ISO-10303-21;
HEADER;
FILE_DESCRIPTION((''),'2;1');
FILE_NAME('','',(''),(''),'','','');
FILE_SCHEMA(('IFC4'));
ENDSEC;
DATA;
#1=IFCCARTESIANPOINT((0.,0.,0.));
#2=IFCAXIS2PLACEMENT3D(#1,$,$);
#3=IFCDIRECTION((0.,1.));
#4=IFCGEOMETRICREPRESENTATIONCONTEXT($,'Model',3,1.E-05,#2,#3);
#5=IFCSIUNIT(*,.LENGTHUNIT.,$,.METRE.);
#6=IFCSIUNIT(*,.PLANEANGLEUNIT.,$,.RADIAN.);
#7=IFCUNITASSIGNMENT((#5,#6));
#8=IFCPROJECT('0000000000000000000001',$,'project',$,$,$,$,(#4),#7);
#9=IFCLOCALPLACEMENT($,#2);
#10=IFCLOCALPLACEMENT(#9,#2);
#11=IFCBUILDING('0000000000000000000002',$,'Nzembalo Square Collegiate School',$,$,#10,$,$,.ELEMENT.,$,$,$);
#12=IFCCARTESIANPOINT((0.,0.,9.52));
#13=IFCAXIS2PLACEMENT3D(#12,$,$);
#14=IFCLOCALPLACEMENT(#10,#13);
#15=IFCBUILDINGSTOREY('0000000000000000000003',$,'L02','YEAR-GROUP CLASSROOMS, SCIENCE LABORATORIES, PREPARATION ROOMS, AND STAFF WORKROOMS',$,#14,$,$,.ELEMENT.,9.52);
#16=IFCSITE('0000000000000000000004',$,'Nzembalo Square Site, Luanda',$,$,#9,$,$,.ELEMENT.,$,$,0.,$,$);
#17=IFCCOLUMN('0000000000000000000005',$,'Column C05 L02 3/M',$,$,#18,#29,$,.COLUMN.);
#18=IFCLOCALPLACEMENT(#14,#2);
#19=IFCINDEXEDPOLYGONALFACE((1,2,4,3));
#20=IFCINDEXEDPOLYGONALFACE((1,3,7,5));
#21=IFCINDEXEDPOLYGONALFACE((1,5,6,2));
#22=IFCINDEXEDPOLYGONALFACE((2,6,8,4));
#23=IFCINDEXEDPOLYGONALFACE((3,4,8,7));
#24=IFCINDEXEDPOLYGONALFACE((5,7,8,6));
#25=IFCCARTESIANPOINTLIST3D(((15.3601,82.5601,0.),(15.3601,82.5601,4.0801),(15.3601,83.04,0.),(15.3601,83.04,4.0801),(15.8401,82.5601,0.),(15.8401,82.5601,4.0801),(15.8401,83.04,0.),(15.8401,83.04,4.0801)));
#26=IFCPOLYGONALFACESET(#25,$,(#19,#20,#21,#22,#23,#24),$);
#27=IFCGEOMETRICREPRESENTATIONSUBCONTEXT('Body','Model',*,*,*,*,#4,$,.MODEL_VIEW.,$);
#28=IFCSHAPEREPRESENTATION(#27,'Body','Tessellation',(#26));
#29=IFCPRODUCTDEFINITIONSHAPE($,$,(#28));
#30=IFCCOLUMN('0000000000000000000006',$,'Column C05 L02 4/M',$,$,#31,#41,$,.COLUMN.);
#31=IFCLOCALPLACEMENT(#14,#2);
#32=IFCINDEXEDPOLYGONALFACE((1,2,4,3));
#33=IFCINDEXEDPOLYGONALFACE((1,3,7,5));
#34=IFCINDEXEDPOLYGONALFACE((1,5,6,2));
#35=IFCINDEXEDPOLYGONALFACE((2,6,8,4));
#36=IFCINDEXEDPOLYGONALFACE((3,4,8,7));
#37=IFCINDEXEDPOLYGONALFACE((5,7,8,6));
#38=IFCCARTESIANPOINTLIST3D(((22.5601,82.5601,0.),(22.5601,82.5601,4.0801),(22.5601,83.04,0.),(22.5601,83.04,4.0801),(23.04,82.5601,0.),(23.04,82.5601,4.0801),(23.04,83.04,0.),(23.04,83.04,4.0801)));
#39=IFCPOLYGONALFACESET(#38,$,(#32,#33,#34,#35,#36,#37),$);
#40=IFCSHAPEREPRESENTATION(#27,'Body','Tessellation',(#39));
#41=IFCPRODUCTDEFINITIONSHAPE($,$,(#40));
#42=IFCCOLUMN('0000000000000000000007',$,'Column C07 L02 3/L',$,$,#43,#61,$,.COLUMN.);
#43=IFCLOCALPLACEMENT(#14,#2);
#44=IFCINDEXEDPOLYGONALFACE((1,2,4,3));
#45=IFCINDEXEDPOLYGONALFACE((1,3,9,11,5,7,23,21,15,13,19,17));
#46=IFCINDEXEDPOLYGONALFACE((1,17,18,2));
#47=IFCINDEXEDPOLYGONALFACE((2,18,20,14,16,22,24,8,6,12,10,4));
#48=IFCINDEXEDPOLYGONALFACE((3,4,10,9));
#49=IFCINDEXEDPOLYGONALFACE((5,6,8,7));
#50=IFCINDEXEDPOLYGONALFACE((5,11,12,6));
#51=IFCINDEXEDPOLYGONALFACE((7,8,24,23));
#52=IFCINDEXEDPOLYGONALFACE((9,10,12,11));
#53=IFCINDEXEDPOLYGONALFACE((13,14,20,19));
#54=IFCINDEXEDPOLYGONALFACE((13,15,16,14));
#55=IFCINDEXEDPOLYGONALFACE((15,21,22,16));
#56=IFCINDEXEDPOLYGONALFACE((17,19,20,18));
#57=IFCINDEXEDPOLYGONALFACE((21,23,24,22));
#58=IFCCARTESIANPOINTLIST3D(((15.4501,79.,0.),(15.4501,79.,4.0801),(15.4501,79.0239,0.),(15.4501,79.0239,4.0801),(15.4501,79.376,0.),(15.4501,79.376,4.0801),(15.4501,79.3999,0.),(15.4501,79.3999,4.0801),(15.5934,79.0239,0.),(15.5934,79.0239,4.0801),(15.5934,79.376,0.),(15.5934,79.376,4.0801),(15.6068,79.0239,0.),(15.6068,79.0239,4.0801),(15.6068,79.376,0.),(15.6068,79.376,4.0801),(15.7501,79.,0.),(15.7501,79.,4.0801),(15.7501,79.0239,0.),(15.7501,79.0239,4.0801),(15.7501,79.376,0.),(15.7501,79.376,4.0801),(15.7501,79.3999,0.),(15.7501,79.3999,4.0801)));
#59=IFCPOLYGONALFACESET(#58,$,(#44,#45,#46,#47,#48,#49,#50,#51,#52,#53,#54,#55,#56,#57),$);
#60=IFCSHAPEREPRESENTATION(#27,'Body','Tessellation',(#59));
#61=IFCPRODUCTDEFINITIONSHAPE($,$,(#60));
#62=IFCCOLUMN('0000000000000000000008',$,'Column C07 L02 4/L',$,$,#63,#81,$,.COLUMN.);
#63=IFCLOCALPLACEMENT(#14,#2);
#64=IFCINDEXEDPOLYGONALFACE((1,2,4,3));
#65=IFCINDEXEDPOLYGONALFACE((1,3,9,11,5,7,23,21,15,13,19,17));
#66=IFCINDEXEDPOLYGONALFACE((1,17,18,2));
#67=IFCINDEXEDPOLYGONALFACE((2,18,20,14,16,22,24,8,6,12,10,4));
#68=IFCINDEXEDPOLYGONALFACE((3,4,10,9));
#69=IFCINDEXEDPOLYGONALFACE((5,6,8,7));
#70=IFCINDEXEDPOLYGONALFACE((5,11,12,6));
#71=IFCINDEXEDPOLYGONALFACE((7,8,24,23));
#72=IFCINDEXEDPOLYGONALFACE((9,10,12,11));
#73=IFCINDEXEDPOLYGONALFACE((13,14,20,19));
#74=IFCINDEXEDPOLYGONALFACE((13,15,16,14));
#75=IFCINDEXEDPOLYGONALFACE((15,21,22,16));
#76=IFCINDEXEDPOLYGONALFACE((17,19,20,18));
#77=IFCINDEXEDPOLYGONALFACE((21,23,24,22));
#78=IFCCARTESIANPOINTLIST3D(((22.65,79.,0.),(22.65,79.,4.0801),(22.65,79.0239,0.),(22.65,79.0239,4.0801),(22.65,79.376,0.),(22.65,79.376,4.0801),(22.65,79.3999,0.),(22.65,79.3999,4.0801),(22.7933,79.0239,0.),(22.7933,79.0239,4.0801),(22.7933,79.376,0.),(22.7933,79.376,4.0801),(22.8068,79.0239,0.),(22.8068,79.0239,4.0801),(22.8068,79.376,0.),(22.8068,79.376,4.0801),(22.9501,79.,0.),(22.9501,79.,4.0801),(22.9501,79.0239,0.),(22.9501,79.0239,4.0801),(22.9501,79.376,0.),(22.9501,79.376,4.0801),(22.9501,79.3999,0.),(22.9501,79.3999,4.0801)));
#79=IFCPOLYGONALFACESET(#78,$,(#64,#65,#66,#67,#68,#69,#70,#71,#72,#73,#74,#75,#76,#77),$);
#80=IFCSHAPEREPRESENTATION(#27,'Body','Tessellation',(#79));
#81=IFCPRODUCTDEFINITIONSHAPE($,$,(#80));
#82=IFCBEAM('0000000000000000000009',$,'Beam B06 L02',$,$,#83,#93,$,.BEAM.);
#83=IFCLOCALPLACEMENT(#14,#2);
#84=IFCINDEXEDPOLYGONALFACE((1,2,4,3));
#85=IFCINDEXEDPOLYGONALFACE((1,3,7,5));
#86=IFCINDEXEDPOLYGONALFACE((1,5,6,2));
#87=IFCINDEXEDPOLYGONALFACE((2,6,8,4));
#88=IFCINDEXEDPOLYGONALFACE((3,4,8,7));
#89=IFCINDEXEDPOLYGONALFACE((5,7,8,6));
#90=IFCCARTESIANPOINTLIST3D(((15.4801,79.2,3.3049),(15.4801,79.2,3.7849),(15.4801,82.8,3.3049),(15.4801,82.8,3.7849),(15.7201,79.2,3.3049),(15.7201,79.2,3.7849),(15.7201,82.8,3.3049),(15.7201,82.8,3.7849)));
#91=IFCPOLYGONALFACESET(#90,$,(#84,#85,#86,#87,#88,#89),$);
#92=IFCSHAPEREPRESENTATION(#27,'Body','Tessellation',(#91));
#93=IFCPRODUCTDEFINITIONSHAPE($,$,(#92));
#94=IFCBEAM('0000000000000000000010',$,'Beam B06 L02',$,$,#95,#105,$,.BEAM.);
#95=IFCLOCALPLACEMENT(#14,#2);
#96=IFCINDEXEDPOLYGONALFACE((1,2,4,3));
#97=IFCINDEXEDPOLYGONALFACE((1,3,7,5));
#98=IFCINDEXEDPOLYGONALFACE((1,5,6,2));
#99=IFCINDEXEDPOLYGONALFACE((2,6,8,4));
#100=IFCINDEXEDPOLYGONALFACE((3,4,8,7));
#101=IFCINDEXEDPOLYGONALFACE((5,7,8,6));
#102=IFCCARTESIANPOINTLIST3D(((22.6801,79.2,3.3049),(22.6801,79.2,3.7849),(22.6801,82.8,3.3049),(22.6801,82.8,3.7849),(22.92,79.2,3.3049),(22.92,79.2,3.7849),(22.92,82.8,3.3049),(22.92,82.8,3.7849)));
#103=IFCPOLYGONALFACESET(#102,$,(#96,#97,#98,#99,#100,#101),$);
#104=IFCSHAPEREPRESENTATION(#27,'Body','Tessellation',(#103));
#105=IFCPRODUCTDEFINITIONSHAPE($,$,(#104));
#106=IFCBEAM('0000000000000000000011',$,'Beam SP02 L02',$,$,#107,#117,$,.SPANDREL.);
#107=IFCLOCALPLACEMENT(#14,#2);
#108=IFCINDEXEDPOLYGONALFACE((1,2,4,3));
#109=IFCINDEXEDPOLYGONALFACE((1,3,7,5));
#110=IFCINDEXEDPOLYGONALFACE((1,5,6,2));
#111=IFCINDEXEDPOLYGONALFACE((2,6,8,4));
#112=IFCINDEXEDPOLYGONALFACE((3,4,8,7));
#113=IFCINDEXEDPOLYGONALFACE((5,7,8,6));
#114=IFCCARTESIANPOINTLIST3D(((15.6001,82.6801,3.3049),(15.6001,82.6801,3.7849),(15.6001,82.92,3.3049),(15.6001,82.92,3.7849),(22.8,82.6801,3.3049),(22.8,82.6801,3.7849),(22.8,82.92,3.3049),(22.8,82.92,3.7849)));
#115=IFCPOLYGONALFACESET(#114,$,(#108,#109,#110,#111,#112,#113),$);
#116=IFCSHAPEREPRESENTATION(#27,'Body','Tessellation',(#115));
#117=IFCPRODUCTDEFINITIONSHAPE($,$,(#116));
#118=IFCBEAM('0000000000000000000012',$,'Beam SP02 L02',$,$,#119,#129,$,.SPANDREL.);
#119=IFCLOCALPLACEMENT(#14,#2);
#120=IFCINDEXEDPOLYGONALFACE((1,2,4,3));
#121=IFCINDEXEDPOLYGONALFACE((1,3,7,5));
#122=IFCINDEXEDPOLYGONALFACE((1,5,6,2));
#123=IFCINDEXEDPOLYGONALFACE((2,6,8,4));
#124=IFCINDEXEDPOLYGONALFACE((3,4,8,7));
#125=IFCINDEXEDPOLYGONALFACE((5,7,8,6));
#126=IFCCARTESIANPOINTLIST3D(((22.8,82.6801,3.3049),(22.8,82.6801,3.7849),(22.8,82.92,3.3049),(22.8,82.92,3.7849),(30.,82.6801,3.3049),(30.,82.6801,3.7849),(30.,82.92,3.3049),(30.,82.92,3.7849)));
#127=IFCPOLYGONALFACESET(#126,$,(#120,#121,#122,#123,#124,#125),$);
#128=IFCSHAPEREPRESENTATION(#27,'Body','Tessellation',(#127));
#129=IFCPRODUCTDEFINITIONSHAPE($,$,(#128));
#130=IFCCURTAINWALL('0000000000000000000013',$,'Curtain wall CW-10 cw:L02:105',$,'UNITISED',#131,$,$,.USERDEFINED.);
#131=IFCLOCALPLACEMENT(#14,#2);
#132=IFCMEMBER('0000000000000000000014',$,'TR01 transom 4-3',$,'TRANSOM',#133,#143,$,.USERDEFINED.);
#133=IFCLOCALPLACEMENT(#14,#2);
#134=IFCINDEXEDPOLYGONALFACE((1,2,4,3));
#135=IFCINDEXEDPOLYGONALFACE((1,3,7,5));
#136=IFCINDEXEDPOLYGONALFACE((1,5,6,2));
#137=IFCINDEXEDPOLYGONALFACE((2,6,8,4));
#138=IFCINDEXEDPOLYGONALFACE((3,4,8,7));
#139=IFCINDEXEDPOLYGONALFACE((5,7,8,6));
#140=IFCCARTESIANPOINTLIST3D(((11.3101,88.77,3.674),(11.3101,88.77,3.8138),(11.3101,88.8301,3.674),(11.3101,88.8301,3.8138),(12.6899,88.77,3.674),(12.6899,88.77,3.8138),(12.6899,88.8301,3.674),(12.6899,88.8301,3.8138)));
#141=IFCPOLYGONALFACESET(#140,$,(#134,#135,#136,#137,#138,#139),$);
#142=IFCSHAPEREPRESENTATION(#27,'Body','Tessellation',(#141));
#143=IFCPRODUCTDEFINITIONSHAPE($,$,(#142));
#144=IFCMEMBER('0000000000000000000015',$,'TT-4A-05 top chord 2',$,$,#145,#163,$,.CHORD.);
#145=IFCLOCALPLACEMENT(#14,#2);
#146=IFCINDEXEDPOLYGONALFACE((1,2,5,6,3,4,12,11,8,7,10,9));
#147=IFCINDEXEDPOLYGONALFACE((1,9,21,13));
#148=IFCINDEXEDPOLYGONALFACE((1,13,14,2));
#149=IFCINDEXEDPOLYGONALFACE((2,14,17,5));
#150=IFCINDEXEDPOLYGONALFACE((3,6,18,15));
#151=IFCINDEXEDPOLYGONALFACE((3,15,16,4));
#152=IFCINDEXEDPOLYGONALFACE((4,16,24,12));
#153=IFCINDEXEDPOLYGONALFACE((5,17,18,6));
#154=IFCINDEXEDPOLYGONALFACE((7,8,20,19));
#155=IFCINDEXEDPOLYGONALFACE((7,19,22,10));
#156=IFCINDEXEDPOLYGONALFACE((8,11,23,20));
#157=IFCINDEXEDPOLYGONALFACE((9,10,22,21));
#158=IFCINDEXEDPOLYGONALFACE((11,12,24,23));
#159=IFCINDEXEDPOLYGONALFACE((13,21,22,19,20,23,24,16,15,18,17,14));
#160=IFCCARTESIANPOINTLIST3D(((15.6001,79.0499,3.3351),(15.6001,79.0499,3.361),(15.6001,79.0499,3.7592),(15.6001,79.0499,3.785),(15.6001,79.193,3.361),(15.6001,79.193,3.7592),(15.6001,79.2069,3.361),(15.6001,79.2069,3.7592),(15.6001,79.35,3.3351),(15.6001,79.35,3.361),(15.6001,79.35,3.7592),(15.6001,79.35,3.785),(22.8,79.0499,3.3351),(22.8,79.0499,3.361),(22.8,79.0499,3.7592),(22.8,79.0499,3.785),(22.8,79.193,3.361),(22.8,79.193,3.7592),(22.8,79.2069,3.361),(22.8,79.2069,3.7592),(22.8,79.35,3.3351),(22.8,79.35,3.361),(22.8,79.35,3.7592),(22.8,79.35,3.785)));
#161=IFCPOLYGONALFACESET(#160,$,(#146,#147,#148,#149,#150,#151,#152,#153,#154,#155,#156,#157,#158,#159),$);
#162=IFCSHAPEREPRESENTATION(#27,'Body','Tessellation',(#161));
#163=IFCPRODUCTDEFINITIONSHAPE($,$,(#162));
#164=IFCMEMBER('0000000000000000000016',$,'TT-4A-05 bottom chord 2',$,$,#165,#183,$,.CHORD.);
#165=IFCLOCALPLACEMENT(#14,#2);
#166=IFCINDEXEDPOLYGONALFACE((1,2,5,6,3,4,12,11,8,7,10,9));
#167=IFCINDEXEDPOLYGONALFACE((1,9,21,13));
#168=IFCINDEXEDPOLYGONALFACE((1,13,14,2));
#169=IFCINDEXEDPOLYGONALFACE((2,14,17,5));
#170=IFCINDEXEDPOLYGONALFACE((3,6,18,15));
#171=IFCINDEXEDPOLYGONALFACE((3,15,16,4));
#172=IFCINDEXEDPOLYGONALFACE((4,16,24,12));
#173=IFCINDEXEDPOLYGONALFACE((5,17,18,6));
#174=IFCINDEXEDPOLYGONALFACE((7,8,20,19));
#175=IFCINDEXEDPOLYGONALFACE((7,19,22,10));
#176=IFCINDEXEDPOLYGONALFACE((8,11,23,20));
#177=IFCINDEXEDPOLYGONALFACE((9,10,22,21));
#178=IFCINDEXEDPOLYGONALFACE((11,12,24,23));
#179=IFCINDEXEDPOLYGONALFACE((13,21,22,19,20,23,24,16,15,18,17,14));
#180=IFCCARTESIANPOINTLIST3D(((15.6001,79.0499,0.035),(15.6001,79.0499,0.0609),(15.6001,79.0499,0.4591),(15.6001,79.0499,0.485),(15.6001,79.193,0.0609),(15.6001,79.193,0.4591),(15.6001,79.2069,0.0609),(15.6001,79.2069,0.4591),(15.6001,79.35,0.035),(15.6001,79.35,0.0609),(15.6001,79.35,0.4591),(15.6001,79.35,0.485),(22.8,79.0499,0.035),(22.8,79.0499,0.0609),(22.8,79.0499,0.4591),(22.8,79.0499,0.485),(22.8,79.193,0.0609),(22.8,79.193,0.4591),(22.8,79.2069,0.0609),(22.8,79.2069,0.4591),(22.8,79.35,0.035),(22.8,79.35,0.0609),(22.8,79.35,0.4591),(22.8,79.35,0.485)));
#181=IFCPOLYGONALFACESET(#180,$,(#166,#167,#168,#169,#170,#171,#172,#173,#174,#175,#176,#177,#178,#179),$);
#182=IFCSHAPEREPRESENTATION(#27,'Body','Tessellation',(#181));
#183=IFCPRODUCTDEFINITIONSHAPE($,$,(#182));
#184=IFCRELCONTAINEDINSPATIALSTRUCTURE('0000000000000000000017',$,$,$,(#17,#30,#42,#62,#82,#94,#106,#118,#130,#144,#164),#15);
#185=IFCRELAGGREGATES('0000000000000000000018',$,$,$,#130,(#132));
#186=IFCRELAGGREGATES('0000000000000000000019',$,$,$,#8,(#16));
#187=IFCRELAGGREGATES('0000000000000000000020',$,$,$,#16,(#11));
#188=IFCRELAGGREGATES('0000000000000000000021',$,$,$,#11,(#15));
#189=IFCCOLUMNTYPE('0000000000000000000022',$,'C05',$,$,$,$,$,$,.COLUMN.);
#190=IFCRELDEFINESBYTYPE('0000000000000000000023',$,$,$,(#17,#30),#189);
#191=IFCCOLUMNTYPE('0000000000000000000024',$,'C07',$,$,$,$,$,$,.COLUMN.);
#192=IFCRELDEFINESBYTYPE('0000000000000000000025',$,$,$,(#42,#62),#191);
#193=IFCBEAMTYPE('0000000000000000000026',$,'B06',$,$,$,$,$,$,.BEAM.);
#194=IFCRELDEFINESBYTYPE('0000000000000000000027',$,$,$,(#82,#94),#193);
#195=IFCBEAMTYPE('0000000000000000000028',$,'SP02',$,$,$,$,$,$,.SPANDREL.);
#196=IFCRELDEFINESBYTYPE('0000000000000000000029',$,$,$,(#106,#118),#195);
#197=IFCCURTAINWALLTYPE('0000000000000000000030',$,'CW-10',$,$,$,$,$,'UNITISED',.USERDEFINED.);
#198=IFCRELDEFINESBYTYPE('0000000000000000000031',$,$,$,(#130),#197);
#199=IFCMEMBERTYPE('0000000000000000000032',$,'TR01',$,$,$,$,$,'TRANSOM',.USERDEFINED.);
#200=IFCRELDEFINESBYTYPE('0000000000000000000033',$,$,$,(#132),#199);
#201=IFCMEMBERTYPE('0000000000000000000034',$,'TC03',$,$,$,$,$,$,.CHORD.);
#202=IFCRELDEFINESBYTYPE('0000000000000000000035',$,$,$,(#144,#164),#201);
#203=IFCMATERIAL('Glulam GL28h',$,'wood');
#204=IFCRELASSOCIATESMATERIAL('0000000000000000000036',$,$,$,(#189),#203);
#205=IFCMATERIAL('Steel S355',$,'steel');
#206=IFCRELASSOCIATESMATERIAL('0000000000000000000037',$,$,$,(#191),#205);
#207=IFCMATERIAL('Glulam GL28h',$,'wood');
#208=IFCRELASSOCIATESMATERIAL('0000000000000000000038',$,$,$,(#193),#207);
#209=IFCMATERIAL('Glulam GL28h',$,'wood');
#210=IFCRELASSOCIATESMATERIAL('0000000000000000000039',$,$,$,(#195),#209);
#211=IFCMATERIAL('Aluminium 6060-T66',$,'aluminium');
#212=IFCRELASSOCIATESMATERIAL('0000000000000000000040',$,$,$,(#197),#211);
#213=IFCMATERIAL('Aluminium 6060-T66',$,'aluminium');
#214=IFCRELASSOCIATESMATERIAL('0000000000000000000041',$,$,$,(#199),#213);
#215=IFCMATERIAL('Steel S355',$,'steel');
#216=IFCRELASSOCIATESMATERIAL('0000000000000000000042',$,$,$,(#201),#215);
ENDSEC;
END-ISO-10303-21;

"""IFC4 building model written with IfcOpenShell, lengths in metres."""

from ifc_helpers import new_model, si_unit, direction, frame, origin, origin_2d, place, context, subcontext, project, spatial, rectangle, i_section, extrude, material, material_profile, profile_set, type_object, element, aggregate, save


model = new_model("IFC4")

# Units and contexts
model_context = context("Model", 3, precision=1e-05, world=origin(), true_north=direction((0.0, 1.0)))
body_context = subcontext(model_context, "Body", "Model", "MODEL_VIEW")
ifc_project = project(units=[si_unit("LENGTHUNIT", "METRE"), si_unit("PLANEANGLEUNIT", "RADIAN")], contexts=[model_context])

# Site, building, storey
site_placement = place(None, origin())
site = spatial("IfcSite", under=ifc_project, at=site_placement, Name="Nzembalo Square Site, Luanda", CompositionType="ELEMENT", RefElevation=0.0)
building_placement = place(site_placement, origin())
building = spatial("IfcBuilding", under=site, at=building_placement, Name="Nzembalo Square Collegiate School", CompositionType="ELEMENT")
storey_placement = place(building_placement, frame((0.0, 0.0, 9.52)))
storey = spatial("IfcBuildingStorey", under=building, at=storey_placement, Name="L02", Description="YEAR-GROUP CLASSROOMS, SCIENCE LABORATORIES, PREPARATION ROOMS, AND STAFF WORKROOMS", CompositionType="ELEMENT", Elevation=9.52)

# Columns
ifc_material_1 = material(Name="Glulam GL28h", Category="wood")
ifc_material_profile_1 = material_profile(ifc_material_1, rectangle(XDim=0.48, YDim=0.48, at=origin_2d()), Name="GL28h 480x480")
ifc_profile_set_1 = profile_set([ifc_material_profile_1], Name="Glulam GL28h")
column_type_1 = type_object("IfcColumnType", Name="C05", PredefinedType="COLUMN", material=ifc_profile_set_1)
for number, where, z_axis, x_axis, name in (
    (1, (15.6001, 82.8, 0.0), (0.0, 0.0, 1.0), (1.0, 0.0, 0.0), "Column C05 L02 3/M"),
    (2, (22.8, 82.8, 0.0), (0.0, 0.0, 1.0), (1.0, 0.0, 0.0), "Column C05 L02 4/M"),
):
    element("IfcColumn", number, at=place(storey_placement, frame(where, z_axis=z_axis, x_axis=x_axis)), inside=storey, type_object=column_type_1, Name=name, PredefinedType="COLUMN", context=body_context, shape_type="SweptSolid", body=[
        extrude(rectangle(XDim=0.48, YDim=0.48, at=origin_2d()), origin(), (0.0, 0.0, 1.0), 4.0801),
    ])
ifc_material_2 = material(Name="Steel S355", Category="steel")
ifc_material_profile_2 = material_profile(ifc_material_2, i_section(OverallWidth=0.3, OverallDepth=0.3999, WebThickness=0.0134, FlangeThickness=0.0239, at=origin_2d()), Name="HEB 400")
ifc_profile_set_2 = profile_set([ifc_material_profile_2], Name="Steel S355")
column_type_2 = type_object("IfcColumnType", Name="C07", PredefinedType="COLUMN", material=ifc_profile_set_2)
for number, where, z_axis, x_axis, name in (
    (3, (15.6001, 79.2, 0.0), (0.0, 0.0, 1.0), (1.0, 0.0, 0.0), "Column C07 L02 3/L"),
    (4, (22.8, 79.2, 0.0), (0.0, 0.0, 1.0), (1.0, 0.0, 0.0), "Column C07 L02 4/L"),
):
    element("IfcColumn", number, at=place(storey_placement, frame(where, z_axis=z_axis, x_axis=x_axis)), inside=storey, type_object=column_type_2, Name=name, PredefinedType="COLUMN", context=body_context, shape_type="SweptSolid", body=[
        extrude(i_section(OverallWidth=0.3, OverallDepth=0.3999, WebThickness=0.0134, FlangeThickness=0.0239, at=origin_2d()), origin(), (0.0, 0.0, 1.0), 4.0801),
    ])

# Beams
ifc_material_3 = material(Name="Glulam GL28h", Category="wood")
ifc_material_profile_3 = material_profile(ifc_material_3, rectangle(XDim=0.24, YDim=0.48, at=origin_2d()), Name="GL28h 240x480")
ifc_profile_set_3 = profile_set([ifc_material_profile_3], Name="Glulam GL28h")
beam_type_1 = type_object("IfcBeamType", Name="B06", PredefinedType="BEAM", material=ifc_profile_set_3)
for number, where, z_axis, x_axis, name in (
    (5, (15.6001, 79.2, 3.5449), (0.0, 1.0, 0.0), (-1.0, 0.0, 0.0), "Beam B06 L02"),
    (6, (22.8, 79.2, 3.5449), (0.0, 1.0, 0.0), (-1.0, 0.0, 0.0), "Beam B06 L02"),
):
    element("IfcBeam", number, at=place(storey_placement, frame(where, z_axis=z_axis, x_axis=x_axis)), inside=storey, type_object=beam_type_1, Name=name, PredefinedType="BEAM", context=body_context, shape_type="SweptSolid", body=[
        extrude(rectangle(XDim=0.24, YDim=0.48, at=origin_2d()), origin(), (0.0, 0.0, 1.0), 3.6001),
    ])
ifc_material_4 = material(Name="Glulam GL28h", Category="wood")
ifc_material_profile_4 = material_profile(ifc_material_4, rectangle(XDim=0.24, YDim=0.48, at=origin_2d()), Name="GL28h 240x480")
ifc_profile_set_4 = profile_set([ifc_material_profile_4], Name="Glulam GL28h")
beam_type_2 = type_object("IfcBeamType", Name="SP02", PredefinedType="SPANDREL", material=ifc_profile_set_4)
for number, where, z_axis, x_axis, name in (
    (7, (15.6001, 82.8, 3.5449), (1.0, 0.0, 0.0), (0.0, 1.0, 0.0), "Beam SP02 L02"),
    (8, (22.8, 82.8, 3.5449), (1.0, 0.0, 0.0), (0.0, 1.0, 0.0), "Beam SP02 L02"),
):
    element("IfcBeam", number, at=place(storey_placement, frame(where, z_axis=z_axis, x_axis=x_axis)), inside=storey, type_object=beam_type_2, Name=name, PredefinedType="SPANDREL", context=body_context, shape_type="SweptSolid", body=[
        extrude(rectangle(XDim=0.24, YDim=0.48, at=origin_2d()), origin(), (0.0, 0.0, 1.0), 7.2),
    ])

# Curtain wall, member
ifc_material_5 = material(Name="Aluminium 6060-T66", Category="aluminium")
curtain_wall_type = type_object("IfcCurtainWallType", Name="CW-10", ElementType="UNITISED", PredefinedType="USERDEFINED", material=ifc_material_5)
curtain_wall_placement = place(storey_placement, origin())
curtain_wall = element("IfcCurtainWall", 9, at=curtain_wall_placement, inside=storey, type_object=curtain_wall_type, Name="Curtain wall CW-10 cw:L02:105", ObjectType="UNITISED", PredefinedType="USERDEFINED")
ifc_material_6 = material(Name="Aluminium 6060-T66", Category="aluminium")
ifc_material_profile_5 = material_profile(ifc_material_6, rectangle(XDim=0.0601, YDim=0.1399, at=origin_2d()), Name="ALU T60x140")
ifc_profile_set_5 = profile_set([ifc_material_profile_5], Name="Aluminium 6060-T66")
member_type_1 = type_object("IfcMemberType", Name="TR01", ElementType="TRANSOM", PredefinedType="USERDEFINED", material=ifc_profile_set_5)
member_1_placement = place(storey_placement, frame((11.3101, 88.8, 3.7439), z_axis=(1.0, 0.0, 0.0), x_axis=(0.0, 1.0, 0.0)))
member_1 = element("IfcMember", 10, at=member_1_placement, type_object=member_type_1, Name="TR01 transom 4-3", ObjectType="TRANSOM", PredefinedType="USERDEFINED", context=body_context, shape_type="SweptSolid", body=[
    extrude(rectangle(XDim=0.0601, YDim=0.1399, at=origin_2d()), origin(), (0.0, 0.0, 1.0), 1.3799),
])

# Members
ifc_material_7 = material(Name="Steel S355", Category="steel")
ifc_material_profile_6 = material_profile(ifc_material_7, i_section(OverallWidth=0.3, OverallDepth=0.45, WebThickness=0.0139, FlangeThickness=0.0259, at=origin_2d()), Name="HEB 450")
ifc_profile_set_6 = profile_set([ifc_material_profile_6], Name="Steel S355")
member_type_2 = type_object("IfcMemberType", Name="TC03", PredefinedType="CHORD", material=ifc_profile_set_6)
for number, where, z_axis, x_axis, name in (
    (11, (15.6001, 79.2, 3.5601), (1.0, 0.0, 0.0), (0.0, 1.0, 0.0), "TT-4A-05 top chord 2"),
    (12, (15.6001, 79.2, 0.26), (1.0, 0.0, 0.0), (0.0, 1.0, 0.0), "TT-4A-05 bottom chord 2"),
):
    element("IfcMember", number, at=place(storey_placement, frame(where, z_axis=z_axis, x_axis=x_axis)), inside=storey, type_object=member_type_2, Name=name, PredefinedType="CHORD", context=body_context, shape_type="SweptSolid", body=[
        extrude(i_section(OverallWidth=0.3, OverallDepth=0.45, WebThickness=0.0139, FlangeThickness=0.0259, at=origin_2d()), origin(), (0.0, 0.0, 1.0), 7.2),
    ])

aggregate(curtain_wall, [member_1])

save(model, "model.ifc")
